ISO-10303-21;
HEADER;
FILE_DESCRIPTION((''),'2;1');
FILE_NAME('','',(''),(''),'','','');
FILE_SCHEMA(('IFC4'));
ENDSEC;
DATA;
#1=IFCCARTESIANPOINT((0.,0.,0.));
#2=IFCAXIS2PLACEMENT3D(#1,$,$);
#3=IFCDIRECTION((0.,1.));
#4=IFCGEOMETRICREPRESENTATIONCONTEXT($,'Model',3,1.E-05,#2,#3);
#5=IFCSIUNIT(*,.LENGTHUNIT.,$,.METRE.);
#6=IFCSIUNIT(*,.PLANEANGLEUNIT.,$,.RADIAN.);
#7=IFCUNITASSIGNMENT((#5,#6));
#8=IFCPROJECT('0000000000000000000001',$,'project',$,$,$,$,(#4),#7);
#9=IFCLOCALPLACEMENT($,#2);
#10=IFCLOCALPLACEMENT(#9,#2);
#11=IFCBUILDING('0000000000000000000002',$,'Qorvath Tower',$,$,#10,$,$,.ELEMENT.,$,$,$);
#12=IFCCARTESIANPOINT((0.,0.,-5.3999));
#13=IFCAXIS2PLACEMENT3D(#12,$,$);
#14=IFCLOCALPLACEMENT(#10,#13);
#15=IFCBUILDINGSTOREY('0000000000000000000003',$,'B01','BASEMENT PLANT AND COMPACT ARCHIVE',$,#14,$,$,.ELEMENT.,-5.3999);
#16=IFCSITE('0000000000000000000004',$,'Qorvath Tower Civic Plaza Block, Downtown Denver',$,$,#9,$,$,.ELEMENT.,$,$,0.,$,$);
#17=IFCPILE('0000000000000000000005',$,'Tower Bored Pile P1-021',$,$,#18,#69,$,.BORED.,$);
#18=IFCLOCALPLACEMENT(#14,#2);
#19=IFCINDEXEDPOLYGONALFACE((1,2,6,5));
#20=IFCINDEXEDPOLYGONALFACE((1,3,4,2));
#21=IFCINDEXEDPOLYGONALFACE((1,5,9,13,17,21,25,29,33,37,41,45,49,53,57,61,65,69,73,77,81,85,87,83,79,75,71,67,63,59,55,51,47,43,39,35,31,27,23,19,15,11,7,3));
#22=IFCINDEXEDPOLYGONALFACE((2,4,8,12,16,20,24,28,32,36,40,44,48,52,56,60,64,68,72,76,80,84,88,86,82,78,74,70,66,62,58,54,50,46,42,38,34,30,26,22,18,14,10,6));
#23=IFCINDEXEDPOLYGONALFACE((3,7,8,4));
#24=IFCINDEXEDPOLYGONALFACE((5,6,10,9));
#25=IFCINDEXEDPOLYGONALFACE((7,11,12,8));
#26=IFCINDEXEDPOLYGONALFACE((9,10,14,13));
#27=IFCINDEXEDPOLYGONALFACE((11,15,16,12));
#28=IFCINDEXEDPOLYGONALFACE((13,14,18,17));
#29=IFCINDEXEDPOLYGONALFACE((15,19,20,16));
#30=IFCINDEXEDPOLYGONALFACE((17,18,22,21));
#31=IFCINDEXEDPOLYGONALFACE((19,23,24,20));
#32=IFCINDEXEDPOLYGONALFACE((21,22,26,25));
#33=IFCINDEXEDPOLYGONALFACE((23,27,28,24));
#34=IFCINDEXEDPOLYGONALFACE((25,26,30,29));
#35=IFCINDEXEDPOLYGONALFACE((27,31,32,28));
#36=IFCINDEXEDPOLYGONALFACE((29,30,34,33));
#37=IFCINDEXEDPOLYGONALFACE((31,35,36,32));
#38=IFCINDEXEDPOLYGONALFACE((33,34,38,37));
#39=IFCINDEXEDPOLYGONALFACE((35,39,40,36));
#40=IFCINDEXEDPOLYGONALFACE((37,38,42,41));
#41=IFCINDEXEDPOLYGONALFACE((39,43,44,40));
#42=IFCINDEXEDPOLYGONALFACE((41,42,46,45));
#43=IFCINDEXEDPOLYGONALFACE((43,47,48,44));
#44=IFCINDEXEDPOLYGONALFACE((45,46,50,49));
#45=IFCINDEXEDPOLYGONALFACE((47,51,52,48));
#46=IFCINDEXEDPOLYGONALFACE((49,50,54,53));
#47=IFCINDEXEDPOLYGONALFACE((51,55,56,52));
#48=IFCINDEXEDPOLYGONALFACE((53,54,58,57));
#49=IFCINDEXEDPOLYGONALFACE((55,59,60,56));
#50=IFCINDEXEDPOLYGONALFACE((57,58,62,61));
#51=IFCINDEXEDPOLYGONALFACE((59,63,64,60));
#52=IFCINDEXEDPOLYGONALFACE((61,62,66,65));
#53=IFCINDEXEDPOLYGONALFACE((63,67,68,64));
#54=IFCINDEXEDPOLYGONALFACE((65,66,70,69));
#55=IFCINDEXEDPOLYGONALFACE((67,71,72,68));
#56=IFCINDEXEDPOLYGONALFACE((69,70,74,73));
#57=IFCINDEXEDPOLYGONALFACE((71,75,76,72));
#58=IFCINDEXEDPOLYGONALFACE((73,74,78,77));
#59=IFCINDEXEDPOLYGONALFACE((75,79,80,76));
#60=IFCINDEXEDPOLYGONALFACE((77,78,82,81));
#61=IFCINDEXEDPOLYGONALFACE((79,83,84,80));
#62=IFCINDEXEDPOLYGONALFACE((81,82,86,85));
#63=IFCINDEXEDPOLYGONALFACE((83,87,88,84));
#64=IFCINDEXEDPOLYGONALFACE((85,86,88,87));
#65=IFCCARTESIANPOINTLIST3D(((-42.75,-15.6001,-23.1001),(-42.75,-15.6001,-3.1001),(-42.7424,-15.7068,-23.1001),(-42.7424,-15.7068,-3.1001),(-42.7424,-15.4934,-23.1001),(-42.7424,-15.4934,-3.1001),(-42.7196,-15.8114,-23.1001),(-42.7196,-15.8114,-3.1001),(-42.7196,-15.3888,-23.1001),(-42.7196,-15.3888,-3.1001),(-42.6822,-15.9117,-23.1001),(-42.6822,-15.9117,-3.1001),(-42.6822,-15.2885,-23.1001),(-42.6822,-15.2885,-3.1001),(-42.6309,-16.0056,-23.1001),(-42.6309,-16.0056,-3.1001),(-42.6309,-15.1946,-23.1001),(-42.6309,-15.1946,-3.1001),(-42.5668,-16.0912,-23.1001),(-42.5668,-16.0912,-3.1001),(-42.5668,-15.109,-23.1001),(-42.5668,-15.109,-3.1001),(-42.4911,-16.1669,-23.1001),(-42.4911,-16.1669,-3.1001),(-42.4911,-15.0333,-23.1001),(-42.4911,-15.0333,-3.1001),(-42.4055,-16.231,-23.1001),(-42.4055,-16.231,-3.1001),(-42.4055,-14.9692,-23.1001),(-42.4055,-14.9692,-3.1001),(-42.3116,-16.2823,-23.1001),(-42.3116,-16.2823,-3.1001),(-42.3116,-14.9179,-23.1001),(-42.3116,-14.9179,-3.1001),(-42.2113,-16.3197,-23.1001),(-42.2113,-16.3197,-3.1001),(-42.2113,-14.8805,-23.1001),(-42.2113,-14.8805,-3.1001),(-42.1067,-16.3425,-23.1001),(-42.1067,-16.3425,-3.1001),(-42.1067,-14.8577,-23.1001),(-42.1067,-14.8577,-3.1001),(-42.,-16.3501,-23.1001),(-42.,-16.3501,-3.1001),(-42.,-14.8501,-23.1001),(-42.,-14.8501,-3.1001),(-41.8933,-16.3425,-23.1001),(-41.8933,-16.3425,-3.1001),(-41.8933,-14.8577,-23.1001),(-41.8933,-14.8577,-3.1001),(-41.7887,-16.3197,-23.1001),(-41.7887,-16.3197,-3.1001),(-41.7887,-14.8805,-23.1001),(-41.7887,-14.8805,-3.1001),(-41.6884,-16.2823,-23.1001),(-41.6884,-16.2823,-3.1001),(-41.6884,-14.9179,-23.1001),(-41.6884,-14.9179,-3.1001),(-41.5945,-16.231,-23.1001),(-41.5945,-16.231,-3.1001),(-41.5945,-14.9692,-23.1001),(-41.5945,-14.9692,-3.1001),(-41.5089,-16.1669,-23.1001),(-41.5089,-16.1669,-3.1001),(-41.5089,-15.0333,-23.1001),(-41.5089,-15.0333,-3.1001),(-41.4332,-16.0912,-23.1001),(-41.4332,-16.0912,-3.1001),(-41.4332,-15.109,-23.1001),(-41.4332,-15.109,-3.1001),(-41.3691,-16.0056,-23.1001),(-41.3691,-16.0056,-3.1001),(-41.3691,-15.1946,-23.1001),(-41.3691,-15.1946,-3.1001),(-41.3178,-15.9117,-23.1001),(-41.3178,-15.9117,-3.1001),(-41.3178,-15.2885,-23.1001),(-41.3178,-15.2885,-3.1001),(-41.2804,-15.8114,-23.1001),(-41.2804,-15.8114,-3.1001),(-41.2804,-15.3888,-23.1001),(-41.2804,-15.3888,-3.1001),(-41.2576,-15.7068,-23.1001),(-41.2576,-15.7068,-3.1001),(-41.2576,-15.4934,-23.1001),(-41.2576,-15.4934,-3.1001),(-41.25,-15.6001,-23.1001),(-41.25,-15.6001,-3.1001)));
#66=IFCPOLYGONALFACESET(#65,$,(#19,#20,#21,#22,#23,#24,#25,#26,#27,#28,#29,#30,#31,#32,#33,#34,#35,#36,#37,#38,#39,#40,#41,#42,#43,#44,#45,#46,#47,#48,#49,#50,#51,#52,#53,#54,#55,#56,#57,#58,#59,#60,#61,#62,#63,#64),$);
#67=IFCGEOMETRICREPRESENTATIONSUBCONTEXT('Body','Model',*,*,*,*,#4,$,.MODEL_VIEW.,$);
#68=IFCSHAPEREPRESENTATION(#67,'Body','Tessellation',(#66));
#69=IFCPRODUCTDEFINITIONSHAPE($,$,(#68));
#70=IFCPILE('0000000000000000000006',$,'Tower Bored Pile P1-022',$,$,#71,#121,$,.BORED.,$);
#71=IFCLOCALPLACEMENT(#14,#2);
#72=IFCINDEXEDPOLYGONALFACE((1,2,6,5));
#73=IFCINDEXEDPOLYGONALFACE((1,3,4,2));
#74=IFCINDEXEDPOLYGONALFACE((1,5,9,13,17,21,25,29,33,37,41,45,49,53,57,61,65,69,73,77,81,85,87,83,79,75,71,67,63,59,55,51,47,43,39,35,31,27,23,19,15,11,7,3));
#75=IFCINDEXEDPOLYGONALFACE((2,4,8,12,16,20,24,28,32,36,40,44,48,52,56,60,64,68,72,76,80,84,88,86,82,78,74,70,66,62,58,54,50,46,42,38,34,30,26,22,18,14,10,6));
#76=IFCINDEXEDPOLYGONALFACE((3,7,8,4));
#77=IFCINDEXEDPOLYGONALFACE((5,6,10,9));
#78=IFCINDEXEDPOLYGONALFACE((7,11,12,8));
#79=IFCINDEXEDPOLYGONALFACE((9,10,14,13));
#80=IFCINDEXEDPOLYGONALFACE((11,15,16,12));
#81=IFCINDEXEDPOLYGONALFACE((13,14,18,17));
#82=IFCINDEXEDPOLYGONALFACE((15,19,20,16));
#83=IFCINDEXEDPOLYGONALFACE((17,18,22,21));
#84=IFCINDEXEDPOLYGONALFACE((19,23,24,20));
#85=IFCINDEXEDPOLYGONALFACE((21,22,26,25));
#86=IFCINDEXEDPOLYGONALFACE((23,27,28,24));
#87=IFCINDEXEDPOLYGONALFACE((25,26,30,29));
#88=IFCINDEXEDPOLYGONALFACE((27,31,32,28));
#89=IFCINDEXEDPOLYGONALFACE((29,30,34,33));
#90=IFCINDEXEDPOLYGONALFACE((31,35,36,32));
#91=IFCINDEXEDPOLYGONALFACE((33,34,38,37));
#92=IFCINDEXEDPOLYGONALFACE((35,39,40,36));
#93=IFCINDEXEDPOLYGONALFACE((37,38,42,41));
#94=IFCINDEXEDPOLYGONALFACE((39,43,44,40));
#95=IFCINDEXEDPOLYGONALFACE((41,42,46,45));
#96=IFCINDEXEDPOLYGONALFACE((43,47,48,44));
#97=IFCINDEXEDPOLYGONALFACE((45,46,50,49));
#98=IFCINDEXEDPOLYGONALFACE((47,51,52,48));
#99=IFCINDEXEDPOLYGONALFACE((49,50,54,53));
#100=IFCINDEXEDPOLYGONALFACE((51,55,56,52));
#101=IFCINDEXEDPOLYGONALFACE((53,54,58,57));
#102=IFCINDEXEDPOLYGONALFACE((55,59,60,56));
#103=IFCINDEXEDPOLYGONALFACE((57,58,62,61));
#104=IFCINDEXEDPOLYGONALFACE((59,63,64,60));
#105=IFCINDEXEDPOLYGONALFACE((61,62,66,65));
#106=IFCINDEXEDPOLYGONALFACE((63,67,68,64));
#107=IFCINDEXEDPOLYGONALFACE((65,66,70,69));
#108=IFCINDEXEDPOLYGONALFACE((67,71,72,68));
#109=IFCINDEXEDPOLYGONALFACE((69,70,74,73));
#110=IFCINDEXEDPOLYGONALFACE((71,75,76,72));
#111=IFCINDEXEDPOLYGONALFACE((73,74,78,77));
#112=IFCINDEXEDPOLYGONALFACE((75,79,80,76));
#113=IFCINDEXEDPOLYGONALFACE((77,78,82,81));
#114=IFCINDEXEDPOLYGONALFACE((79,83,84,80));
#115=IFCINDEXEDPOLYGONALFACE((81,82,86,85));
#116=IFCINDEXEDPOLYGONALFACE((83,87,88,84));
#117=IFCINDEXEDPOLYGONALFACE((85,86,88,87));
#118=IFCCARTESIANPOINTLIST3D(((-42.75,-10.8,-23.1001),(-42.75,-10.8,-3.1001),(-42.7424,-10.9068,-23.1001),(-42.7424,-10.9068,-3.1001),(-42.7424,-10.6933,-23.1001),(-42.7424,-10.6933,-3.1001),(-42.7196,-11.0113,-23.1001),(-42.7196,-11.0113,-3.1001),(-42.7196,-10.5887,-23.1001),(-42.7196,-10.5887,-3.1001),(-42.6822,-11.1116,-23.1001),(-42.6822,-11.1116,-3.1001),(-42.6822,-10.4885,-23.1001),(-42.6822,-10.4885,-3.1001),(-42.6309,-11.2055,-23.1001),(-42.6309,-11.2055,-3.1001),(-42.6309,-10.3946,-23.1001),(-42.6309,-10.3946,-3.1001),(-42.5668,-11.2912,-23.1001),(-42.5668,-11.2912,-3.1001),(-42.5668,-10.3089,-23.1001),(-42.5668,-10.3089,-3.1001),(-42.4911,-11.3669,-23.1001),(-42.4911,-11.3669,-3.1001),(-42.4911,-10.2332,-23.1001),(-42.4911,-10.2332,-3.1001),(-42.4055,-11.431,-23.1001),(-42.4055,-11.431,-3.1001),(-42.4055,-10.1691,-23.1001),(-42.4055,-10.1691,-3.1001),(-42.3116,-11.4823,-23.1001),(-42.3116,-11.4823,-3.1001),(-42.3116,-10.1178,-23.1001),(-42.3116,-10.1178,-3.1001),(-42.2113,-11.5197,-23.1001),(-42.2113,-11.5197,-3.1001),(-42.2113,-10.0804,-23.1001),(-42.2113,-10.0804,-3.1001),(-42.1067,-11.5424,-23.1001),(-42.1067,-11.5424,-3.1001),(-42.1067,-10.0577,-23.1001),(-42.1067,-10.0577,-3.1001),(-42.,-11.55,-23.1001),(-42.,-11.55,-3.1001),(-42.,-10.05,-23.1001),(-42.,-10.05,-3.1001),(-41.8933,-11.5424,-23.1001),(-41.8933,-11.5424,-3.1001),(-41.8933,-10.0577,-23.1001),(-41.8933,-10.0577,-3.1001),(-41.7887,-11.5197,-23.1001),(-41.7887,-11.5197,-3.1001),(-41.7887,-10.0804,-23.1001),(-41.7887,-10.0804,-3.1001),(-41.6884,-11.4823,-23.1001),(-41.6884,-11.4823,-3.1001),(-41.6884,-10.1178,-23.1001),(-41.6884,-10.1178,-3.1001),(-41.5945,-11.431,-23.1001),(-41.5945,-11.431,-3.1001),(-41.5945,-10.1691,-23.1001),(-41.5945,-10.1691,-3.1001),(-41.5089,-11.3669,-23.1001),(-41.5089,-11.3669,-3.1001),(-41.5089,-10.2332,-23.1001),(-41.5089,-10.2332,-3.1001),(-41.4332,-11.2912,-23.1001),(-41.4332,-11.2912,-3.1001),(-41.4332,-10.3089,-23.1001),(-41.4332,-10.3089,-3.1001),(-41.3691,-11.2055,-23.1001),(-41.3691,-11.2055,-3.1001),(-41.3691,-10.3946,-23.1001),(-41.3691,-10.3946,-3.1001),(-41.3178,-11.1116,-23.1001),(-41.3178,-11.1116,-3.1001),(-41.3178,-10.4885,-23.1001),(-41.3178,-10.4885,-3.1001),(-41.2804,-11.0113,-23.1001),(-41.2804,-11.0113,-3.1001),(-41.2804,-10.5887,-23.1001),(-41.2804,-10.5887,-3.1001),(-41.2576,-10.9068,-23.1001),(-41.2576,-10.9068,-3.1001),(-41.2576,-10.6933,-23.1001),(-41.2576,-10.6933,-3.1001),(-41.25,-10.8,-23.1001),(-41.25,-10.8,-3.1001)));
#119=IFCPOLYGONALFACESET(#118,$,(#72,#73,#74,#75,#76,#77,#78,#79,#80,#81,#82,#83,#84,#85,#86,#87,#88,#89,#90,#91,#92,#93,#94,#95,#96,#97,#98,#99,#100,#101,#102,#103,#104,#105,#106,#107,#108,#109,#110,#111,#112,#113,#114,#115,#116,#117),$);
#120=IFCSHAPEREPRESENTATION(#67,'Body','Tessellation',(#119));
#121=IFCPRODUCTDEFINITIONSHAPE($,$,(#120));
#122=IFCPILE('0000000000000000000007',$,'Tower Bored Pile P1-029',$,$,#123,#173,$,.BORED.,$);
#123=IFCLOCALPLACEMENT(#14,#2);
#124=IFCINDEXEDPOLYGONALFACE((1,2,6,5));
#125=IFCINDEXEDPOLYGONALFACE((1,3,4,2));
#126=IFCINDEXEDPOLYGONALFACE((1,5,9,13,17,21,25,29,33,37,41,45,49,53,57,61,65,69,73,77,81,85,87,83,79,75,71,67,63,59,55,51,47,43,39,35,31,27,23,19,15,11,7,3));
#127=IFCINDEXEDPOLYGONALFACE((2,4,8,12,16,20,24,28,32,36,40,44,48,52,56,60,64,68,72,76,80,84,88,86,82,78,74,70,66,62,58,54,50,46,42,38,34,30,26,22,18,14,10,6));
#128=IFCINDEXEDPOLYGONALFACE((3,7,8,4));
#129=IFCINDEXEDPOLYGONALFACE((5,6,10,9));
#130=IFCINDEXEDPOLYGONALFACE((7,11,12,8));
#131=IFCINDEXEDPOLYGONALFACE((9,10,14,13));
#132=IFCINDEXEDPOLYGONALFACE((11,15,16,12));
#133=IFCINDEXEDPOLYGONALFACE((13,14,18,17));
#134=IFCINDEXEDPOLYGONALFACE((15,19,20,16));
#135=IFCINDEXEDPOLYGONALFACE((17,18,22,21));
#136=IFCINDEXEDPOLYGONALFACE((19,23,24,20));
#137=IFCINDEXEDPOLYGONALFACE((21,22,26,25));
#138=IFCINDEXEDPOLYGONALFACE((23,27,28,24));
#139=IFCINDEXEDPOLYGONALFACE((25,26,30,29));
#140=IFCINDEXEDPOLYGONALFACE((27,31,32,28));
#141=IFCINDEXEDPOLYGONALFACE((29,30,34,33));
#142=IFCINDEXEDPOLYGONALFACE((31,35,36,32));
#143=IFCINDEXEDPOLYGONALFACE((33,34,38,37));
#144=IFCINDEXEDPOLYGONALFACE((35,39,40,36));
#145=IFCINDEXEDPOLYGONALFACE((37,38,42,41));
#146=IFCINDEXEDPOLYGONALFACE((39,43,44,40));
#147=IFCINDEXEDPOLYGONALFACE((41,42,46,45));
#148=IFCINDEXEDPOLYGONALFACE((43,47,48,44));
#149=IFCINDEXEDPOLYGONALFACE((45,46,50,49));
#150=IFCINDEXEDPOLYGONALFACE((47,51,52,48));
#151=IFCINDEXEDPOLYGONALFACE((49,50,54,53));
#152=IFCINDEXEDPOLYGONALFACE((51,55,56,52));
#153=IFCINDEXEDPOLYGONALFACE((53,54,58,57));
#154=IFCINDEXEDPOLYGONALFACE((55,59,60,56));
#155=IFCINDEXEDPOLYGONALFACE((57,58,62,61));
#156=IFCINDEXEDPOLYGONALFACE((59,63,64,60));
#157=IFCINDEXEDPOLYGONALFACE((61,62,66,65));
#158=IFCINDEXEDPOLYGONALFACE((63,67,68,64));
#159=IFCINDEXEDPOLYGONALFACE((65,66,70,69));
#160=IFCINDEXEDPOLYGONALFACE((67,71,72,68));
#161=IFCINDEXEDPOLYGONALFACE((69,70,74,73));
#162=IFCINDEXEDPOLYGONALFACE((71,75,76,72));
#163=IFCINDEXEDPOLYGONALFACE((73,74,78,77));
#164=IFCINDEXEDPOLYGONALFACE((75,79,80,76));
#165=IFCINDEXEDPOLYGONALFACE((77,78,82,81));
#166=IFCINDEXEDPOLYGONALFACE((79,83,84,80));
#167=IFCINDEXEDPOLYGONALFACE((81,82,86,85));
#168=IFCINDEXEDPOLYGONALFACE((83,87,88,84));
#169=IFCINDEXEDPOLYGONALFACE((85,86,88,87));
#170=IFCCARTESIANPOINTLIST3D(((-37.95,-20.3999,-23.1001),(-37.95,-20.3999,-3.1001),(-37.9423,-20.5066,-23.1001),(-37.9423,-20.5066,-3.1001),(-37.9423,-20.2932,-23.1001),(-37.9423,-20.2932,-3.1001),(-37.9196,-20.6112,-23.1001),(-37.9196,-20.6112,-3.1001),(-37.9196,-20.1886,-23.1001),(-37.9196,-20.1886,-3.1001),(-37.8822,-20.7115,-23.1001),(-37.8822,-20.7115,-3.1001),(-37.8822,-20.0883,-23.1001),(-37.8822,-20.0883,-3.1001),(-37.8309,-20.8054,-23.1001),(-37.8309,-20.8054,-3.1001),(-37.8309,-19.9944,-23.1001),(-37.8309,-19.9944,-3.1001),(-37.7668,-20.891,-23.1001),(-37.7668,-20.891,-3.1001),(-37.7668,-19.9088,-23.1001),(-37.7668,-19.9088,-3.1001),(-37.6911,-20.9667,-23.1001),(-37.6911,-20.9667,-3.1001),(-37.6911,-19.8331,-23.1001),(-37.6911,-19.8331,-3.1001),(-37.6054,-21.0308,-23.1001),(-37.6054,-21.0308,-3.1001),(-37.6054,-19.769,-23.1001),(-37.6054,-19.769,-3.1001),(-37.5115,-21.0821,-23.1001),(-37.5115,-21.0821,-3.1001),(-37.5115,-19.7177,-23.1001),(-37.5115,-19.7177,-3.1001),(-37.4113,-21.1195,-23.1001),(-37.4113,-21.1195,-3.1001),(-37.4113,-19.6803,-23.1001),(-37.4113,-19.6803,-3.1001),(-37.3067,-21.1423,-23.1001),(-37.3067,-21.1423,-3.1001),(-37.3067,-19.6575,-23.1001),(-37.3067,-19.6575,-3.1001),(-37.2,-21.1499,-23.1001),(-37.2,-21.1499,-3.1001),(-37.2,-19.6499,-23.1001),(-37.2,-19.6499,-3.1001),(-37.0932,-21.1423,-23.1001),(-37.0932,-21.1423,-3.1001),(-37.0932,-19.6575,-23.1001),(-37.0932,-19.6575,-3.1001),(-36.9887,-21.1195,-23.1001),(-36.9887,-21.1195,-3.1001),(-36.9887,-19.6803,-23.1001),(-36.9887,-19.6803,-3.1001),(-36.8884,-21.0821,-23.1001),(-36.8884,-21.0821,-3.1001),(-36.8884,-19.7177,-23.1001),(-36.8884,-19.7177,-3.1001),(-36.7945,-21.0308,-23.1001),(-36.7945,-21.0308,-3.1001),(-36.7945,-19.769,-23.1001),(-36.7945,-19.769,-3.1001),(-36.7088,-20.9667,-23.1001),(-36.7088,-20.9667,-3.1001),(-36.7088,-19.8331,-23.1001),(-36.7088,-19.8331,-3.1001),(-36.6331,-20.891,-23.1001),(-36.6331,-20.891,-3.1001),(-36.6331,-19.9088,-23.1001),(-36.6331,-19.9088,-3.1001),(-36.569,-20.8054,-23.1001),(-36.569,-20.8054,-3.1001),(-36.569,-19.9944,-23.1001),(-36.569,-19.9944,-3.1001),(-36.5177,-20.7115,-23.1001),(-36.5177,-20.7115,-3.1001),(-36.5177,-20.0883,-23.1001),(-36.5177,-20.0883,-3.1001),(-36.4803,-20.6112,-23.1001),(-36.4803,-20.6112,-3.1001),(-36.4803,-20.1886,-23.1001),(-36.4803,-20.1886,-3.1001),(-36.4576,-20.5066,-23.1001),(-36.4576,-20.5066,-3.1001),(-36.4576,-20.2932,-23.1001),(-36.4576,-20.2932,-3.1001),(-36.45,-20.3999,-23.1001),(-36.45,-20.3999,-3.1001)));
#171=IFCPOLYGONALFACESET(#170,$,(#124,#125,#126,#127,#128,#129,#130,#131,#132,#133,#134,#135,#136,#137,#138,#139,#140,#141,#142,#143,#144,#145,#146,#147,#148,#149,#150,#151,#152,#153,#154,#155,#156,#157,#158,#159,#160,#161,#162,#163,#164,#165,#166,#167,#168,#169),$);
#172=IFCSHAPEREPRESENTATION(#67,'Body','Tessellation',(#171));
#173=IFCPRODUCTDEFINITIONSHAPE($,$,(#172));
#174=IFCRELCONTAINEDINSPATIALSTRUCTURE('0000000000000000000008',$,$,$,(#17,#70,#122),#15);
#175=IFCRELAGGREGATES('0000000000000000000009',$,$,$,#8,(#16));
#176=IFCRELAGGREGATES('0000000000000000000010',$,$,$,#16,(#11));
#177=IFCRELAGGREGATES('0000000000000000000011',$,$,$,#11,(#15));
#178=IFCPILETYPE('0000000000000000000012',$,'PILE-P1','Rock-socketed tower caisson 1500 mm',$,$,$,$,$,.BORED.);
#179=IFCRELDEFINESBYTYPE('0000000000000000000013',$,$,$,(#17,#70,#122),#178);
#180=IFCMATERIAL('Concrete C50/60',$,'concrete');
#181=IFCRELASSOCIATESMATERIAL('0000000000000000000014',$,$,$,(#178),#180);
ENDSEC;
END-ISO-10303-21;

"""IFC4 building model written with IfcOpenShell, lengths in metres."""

from ifc_helpers import new_model, si_unit, direction, frame, origin, origin_2d, place, context, subcontext, project, spatial, circle, extrude, material, material_profile, profile_set, type_object, element, save


model = new_model("IFC4")

# Units and contexts
model_context = context("Model", 3, precision=1e-05, world=origin(), true_north=direction((0.0, 1.0)))
body_context = subcontext(model_context, "Body", "Model", "MODEL_VIEW")
ifc_project = project(units=[si_unit("LENGTHUNIT", "METRE"), si_unit("PLANEANGLEUNIT", "RADIAN")], contexts=[model_context])

# Site, building, storey
site_placement = place(None, origin())
site = spatial("IfcSite", under=ifc_project, at=site_placement, Name="Qorvath Tower Civic Plaza Block, Downtown Denver", CompositionType="ELEMENT", RefElevation=0.0)
building_placement = place(site_placement, origin())
building = spatial("IfcBuilding", under=site, at=building_placement, Name="Qorvath Tower", CompositionType="ELEMENT")
storey_placement = place(building_placement, frame((0.0, 0.0, -5.3999)))
storey = spatial("IfcBuildingStorey", under=building, at=storey_placement, Name="B01", Description="BASEMENT PLANT AND COMPACT ARCHIVE", CompositionType="ELEMENT", Elevation=-5.3999)

# Piles
ifc_material_1 = material(Name="Concrete C50/60", Category="concrete")
ifc_material_profile_1 = material_profile(ifc_material_1, circle(Radius=0.75, at=origin_2d()), Name="BORED PILE 1500")
ifc_profile_set_1 = profile_set([ifc_material_profile_1], Name="Concrete C50/60")
pile_type = type_object("IfcPileType", Name="PILE-P1", Description="Rock-socketed tower caisson 1500 mm", PredefinedType="BORED", material=ifc_profile_set_1)
for number, where, z_axis, x_axis, name in (
    (1, (-42.0, -15.6001, -3.1001), (0.0, 0.0, -1.0), (1.0, 0.0, 0.0), "Tower Bored Pile P1-021"),
    (2, (-42.0, -10.8, -3.1001), (0.0, 0.0, -1.0), (1.0, 0.0, 0.0), "Tower Bored Pile P1-022"),
    (3, (-37.2, -20.3999, -3.1001), (0.0, 0.0, -1.0), (1.0, 0.0, 0.0), "Tower Bored Pile P1-029"),
):
    element("IfcPile", number, at=place(storey_placement, frame(where, z_axis=z_axis, x_axis=x_axis)), inside=storey, type_object=pile_type, Name=name, PredefinedType="BORED", context=body_context, shape_type="SweptSolid", body=[
        extrude(circle(Radius=0.75, at=origin_2d()), origin(), (0.0, 0.0, 1.0), 20.0),
    ])

save(model, "model.ifc")
